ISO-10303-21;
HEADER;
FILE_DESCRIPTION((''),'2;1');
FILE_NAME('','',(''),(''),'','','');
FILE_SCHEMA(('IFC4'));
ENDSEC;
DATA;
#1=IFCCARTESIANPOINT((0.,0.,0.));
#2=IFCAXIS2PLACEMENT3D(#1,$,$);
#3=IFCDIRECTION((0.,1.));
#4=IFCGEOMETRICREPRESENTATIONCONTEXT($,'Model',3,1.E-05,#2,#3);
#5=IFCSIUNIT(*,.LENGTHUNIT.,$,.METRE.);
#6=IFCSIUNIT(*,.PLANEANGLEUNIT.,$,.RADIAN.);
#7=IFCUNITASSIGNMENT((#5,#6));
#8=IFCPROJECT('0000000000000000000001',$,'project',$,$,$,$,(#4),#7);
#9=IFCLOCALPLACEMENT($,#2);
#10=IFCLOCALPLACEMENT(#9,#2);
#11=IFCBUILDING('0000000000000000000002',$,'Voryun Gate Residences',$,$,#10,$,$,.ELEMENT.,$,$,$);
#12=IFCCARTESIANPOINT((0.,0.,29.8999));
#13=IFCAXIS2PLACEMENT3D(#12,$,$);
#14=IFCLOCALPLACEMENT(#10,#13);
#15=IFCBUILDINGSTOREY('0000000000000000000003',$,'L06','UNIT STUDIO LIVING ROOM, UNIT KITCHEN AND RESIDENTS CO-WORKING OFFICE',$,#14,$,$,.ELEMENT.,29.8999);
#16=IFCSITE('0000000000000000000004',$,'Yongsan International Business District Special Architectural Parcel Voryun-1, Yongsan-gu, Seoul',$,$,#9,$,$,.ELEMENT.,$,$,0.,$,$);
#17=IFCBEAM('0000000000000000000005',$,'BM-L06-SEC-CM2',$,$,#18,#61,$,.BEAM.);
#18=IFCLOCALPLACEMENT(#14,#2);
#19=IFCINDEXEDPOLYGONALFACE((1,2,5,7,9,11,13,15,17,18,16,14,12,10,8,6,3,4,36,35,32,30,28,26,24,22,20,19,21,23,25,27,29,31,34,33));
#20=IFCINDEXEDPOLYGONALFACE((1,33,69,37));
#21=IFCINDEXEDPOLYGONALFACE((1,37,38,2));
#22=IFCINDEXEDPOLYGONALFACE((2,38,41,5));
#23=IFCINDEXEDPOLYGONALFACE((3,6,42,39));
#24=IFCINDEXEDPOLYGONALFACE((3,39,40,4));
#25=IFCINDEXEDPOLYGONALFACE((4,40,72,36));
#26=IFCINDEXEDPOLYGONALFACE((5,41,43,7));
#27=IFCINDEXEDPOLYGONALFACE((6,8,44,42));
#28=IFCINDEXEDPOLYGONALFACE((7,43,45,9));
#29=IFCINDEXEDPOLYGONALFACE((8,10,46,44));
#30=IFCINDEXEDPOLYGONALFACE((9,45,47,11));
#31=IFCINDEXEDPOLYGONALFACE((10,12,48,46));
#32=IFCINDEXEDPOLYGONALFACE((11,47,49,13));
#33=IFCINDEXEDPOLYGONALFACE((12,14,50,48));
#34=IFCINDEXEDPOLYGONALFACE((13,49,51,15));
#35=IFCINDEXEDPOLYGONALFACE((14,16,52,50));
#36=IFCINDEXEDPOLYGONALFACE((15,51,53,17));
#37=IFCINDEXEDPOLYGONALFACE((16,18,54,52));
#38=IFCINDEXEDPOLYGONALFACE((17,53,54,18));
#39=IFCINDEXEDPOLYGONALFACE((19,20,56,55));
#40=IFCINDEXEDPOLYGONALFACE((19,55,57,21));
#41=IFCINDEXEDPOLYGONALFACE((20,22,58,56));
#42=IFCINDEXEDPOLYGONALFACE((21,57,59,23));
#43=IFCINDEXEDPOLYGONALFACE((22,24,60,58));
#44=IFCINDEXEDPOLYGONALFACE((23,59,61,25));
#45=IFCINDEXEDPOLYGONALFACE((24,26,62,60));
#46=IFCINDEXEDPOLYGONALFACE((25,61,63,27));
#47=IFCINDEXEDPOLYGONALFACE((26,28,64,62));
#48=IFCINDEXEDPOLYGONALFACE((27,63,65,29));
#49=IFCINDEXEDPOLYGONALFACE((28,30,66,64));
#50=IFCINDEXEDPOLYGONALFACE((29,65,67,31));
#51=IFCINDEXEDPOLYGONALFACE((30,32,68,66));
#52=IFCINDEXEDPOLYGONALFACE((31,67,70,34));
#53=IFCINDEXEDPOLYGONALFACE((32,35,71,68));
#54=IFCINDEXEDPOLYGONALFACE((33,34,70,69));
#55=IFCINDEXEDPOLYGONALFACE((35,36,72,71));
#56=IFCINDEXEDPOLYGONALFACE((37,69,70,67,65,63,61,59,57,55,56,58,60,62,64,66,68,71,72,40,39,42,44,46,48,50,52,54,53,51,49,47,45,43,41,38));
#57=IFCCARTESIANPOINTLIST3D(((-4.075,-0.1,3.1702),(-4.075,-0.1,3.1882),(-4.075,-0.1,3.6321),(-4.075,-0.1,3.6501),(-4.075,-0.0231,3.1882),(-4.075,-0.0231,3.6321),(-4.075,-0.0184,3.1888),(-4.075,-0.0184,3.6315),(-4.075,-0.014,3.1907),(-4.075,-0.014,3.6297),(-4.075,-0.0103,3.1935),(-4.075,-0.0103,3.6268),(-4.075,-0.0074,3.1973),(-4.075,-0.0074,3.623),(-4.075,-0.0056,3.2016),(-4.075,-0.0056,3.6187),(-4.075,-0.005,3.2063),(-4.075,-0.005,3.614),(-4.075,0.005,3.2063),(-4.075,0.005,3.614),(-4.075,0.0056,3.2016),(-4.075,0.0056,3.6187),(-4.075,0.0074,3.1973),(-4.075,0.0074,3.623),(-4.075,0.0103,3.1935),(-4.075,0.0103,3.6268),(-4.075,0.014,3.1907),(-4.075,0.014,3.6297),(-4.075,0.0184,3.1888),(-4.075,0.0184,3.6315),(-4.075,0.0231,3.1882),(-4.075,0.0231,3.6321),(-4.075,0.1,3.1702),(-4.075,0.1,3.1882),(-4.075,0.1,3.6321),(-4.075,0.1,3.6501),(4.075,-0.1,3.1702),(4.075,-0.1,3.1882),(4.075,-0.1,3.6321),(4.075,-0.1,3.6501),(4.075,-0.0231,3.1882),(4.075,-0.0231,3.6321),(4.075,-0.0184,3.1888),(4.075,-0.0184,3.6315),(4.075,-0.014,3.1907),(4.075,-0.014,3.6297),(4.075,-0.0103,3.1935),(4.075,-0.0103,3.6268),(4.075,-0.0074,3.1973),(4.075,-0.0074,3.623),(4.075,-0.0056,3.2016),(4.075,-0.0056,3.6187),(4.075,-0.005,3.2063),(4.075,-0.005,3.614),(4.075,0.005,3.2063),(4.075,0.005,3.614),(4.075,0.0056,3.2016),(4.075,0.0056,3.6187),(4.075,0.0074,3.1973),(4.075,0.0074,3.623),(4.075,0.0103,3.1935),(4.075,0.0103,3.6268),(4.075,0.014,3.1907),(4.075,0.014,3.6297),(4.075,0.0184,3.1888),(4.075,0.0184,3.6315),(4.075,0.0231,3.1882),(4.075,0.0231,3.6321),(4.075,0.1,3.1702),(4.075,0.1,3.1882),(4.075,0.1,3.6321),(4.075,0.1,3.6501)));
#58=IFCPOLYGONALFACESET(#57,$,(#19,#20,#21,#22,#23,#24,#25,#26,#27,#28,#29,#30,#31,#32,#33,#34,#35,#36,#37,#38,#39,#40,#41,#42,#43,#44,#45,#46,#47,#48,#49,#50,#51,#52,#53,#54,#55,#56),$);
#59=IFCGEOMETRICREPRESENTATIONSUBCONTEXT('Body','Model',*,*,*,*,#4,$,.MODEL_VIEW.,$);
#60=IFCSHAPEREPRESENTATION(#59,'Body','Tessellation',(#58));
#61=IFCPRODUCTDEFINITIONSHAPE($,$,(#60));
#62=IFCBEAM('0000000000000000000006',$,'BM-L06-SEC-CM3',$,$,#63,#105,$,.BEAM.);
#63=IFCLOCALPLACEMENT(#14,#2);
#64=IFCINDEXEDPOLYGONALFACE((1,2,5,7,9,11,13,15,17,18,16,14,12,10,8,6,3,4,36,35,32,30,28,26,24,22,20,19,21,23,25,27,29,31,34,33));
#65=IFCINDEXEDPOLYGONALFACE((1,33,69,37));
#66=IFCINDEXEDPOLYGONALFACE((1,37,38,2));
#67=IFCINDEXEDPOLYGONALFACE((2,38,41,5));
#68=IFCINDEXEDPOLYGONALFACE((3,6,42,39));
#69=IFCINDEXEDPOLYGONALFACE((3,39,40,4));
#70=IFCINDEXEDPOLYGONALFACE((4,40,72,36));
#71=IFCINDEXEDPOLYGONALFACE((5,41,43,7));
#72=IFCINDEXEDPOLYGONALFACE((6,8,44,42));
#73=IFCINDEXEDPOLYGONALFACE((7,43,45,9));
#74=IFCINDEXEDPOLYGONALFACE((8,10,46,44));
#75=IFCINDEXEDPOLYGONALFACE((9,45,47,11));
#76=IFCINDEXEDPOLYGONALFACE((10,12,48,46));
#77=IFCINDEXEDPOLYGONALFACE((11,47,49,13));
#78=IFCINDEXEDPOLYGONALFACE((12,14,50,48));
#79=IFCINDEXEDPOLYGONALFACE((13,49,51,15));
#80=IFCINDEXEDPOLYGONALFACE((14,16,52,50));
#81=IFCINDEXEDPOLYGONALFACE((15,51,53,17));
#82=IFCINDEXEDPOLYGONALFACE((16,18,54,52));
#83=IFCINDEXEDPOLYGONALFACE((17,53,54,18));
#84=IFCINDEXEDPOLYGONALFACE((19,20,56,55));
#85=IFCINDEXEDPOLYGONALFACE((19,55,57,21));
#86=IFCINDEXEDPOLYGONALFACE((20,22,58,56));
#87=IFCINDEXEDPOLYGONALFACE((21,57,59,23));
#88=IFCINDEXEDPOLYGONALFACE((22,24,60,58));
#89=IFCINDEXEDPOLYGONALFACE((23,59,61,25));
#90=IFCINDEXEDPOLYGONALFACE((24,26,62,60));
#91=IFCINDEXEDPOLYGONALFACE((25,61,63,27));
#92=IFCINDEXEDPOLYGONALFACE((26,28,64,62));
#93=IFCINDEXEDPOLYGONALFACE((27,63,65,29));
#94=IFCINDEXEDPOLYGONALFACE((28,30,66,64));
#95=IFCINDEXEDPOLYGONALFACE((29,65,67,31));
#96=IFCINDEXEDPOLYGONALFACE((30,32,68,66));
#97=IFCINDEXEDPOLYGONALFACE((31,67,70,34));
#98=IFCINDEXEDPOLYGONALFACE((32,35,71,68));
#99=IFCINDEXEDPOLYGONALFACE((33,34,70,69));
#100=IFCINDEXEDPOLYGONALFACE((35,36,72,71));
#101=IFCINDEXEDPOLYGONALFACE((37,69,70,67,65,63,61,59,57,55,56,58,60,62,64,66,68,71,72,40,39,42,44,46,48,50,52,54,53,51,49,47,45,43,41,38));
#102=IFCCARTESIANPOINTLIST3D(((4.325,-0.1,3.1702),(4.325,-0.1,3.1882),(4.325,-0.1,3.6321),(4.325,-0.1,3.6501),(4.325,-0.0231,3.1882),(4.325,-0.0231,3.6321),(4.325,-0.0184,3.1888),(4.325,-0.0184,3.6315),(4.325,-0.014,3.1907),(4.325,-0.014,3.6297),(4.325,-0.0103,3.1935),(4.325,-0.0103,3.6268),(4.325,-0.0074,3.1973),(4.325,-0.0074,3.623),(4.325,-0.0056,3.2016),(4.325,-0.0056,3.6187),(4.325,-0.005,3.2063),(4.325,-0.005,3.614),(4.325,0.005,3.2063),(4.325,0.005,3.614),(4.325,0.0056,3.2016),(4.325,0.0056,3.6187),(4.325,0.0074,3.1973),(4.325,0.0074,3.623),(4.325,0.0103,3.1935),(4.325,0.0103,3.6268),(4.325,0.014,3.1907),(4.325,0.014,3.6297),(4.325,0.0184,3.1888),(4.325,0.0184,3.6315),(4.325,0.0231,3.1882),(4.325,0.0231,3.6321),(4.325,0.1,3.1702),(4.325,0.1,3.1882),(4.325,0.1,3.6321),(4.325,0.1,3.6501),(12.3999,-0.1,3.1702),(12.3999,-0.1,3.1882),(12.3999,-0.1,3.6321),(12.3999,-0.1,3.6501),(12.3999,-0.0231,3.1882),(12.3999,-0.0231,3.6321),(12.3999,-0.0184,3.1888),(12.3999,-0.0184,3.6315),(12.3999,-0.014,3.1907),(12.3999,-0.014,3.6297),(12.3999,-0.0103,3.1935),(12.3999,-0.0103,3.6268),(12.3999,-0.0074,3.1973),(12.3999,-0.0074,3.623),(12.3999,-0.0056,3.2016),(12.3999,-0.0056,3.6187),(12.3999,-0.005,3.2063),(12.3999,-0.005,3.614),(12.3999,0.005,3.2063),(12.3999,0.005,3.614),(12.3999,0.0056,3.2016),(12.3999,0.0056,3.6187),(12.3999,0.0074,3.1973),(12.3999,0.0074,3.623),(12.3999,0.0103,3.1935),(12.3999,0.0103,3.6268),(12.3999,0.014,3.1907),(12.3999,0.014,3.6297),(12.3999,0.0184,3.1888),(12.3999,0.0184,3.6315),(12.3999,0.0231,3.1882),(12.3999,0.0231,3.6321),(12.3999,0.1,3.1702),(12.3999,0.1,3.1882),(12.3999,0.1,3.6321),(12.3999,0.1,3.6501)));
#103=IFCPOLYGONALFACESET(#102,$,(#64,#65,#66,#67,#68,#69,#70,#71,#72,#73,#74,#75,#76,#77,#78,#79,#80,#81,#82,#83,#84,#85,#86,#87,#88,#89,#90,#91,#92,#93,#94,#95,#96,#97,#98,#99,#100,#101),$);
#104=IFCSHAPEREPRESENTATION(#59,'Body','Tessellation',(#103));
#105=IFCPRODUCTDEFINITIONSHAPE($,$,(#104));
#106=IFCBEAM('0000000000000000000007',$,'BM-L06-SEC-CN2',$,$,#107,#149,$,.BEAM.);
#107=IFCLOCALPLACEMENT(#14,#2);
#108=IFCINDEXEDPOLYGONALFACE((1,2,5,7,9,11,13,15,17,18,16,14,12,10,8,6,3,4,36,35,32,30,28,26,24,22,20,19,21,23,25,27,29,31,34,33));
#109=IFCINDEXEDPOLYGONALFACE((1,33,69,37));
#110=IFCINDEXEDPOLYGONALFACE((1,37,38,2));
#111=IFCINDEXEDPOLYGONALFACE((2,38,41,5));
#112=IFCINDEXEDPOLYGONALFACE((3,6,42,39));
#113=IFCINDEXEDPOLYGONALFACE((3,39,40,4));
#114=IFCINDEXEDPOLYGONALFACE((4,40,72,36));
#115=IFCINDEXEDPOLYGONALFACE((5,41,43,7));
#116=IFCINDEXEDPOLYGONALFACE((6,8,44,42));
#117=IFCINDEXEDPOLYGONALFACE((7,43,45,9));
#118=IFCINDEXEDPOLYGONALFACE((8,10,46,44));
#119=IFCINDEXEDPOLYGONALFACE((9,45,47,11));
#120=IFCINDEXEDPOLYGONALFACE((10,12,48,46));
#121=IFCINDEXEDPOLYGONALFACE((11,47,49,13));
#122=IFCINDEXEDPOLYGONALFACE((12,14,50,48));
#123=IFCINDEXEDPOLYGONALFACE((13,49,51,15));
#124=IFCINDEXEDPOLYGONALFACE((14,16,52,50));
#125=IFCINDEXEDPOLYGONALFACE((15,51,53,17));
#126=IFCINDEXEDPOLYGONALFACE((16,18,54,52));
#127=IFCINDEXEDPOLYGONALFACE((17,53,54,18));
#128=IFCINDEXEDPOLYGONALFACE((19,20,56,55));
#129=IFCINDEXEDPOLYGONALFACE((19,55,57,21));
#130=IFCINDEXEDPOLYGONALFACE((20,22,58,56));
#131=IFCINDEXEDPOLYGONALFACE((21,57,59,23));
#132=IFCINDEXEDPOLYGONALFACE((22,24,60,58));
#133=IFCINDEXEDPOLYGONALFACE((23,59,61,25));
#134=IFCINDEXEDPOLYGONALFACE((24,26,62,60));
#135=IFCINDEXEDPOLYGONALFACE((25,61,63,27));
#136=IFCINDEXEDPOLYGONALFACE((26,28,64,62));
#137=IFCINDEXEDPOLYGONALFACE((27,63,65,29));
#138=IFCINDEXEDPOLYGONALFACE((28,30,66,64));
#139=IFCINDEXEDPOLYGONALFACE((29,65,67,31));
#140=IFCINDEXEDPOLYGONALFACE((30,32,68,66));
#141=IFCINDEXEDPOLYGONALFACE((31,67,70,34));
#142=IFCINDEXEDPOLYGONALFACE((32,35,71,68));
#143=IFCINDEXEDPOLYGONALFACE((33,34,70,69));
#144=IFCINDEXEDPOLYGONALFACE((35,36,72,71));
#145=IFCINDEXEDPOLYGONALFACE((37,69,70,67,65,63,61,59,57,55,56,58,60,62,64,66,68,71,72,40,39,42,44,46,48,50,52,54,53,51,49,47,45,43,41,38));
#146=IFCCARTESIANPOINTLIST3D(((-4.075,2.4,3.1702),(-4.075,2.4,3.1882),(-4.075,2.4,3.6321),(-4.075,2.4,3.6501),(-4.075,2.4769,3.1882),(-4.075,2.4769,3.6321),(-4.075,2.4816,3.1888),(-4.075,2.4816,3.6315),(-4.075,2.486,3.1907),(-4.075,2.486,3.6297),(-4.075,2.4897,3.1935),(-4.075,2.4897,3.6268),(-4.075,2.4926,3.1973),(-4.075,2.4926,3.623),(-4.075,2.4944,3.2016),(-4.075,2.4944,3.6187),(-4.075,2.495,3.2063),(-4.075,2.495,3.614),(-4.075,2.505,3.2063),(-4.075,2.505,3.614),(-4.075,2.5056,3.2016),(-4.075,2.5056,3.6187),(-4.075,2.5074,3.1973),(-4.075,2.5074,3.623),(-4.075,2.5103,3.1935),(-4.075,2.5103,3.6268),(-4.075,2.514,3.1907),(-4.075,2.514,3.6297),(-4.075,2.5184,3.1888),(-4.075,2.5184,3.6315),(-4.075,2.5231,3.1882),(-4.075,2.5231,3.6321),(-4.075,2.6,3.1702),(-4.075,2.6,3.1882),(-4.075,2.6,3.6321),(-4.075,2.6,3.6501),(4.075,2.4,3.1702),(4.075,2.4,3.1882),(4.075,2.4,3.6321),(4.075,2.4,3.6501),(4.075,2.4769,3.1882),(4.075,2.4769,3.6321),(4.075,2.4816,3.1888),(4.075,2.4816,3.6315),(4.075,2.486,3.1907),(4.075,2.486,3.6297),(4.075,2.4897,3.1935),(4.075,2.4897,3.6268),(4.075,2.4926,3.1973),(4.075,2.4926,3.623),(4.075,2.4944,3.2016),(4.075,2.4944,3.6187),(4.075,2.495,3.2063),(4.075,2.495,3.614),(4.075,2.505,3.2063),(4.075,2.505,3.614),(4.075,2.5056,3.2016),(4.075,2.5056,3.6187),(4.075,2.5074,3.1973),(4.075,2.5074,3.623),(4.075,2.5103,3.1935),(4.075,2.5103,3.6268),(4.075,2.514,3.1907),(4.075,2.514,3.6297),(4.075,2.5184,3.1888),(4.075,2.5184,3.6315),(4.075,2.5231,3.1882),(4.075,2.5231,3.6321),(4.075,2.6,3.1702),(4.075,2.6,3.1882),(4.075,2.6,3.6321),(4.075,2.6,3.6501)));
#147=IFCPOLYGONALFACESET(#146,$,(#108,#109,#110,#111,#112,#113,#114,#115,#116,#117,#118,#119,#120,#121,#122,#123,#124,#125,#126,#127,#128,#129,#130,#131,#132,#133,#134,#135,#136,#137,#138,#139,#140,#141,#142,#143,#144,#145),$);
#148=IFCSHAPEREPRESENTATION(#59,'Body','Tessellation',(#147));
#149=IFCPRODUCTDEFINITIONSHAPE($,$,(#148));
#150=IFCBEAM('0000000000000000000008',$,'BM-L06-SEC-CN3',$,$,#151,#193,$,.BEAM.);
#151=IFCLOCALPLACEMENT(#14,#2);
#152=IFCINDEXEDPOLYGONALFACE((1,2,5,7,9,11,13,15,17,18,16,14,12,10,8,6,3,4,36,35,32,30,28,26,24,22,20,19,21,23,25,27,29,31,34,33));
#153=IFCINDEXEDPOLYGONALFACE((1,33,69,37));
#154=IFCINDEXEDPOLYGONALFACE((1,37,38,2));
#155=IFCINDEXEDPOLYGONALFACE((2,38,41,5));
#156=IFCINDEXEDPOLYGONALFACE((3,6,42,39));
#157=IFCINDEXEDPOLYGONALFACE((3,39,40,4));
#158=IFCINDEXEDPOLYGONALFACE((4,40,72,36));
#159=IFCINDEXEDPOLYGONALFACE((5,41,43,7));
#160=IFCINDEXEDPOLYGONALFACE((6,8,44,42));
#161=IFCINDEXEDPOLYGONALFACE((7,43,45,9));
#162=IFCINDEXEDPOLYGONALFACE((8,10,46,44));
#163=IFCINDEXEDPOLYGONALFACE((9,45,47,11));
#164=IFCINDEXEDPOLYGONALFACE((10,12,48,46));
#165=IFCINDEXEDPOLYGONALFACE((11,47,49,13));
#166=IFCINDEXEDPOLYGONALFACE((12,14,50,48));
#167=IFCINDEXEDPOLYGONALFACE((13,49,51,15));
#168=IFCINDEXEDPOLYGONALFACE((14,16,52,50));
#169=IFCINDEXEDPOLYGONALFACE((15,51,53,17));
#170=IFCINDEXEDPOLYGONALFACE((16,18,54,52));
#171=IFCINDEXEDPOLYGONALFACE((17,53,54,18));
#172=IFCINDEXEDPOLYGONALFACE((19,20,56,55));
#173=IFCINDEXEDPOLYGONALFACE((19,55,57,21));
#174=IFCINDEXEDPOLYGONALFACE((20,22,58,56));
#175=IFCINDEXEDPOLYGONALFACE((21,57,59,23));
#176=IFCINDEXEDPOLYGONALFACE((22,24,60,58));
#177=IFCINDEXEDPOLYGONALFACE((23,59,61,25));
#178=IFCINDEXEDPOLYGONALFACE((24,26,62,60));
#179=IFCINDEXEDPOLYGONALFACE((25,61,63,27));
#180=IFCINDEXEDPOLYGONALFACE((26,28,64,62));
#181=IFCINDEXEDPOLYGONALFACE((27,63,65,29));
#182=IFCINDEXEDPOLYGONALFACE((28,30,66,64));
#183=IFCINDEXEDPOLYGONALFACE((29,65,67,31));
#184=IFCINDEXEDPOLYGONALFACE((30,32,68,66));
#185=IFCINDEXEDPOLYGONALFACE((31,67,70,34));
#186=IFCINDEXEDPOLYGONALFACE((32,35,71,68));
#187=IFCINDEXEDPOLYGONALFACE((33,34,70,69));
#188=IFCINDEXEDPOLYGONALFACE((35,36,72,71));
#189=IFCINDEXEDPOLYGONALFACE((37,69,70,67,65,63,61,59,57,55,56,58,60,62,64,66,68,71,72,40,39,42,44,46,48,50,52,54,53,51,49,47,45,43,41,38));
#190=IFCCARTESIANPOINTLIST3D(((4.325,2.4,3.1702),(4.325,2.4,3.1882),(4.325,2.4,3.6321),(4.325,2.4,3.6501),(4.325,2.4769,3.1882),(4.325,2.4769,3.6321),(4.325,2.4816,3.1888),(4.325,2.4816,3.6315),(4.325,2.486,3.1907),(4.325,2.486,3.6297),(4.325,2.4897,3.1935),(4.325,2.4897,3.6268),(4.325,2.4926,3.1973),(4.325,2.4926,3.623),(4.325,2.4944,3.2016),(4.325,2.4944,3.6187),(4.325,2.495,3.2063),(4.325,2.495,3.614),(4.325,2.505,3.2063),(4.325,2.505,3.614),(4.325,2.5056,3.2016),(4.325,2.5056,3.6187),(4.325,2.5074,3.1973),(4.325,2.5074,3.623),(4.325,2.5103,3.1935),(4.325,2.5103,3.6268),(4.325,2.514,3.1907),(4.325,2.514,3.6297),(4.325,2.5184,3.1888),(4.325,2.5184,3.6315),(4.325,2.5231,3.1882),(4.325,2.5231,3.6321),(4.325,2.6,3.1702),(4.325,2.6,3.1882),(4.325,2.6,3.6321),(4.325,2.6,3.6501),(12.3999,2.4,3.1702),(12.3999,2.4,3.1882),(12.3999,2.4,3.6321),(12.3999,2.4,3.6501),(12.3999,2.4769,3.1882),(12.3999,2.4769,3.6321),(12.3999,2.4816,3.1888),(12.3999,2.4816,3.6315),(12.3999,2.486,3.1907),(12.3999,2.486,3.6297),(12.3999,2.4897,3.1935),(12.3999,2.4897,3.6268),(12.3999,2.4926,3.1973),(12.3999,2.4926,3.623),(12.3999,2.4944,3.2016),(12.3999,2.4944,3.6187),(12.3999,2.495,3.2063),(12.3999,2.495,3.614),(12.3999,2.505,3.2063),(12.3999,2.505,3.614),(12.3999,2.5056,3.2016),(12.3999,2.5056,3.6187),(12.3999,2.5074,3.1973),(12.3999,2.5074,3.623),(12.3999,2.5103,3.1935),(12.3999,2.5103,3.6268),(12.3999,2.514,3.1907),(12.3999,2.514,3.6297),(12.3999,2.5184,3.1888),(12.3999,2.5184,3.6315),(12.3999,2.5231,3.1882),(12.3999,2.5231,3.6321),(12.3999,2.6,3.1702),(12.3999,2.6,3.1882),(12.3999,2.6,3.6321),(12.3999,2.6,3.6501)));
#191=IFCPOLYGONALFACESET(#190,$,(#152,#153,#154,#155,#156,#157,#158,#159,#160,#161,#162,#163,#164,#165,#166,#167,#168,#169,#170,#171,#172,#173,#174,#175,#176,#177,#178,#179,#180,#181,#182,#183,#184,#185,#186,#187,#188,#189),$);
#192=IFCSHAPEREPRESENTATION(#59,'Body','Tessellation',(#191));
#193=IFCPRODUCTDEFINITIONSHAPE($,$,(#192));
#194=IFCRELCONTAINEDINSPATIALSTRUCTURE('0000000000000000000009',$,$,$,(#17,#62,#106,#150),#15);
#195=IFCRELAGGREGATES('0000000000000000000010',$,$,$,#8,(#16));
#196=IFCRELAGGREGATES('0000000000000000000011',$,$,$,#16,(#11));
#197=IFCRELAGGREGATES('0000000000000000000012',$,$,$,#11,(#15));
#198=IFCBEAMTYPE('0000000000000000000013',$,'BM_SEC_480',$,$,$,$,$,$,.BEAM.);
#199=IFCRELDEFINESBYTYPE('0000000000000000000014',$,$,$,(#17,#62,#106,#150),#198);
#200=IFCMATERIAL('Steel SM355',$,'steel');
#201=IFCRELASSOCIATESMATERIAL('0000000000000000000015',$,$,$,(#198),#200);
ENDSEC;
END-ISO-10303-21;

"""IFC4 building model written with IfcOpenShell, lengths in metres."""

from ifc_helpers import new_model, si_unit, direction, frame, origin, origin_2d, place, context, subcontext, project, spatial, i_section, extrude, material, material_profile, profile_set, type_object, element, save


model = new_model("IFC4")

# Units and contexts
model_context = context("Model", 3, precision=1e-05, world=origin(), true_north=direction((0.0, 1.0)))
body_context = subcontext(model_context, "Body", "Model", "MODEL_VIEW")
ifc_project = project(units=[si_unit("LENGTHUNIT", "METRE"), si_unit("PLANEANGLEUNIT", "RADIAN")], contexts=[model_context])

# Site, building, storey
site_placement = place(None, origin())
site = spatial("IfcSite", under=ifc_project, at=site_placement, Name="Yongsan International Business District Special Architectural Parcel Voryun-1, Yongsan-gu, Seoul", CompositionType="ELEMENT", RefElevation=0.0)
building_placement = place(site_placement, origin())
building = spatial("IfcBuilding", under=site, at=building_placement, Name="Voryun Gate Residences", CompositionType="ELEMENT")
storey_placement = place(building_placement, frame((0.0, 0.0, 29.8999)))
storey = spatial("IfcBuildingStorey", under=building, at=storey_placement, Name="L06", Description="UNIT STUDIO LIVING ROOM, UNIT KITCHEN AND RESIDENTS CO-WORKING OFFICE", CompositionType="ELEMENT", Elevation=29.8999)

# Beams
ifc_material_1 = material(Name="Steel SM355", Category="steel")
ifc_material_profile_1 = material_profile(ifc_material_1, i_section(OverallWidth=0.2, OverallDepth=0.48, WebThickness=0.01, FlangeThickness=0.0181, FilletRadius=0.0181, at=origin_2d()), Name="H-480x200x10x18")
ifc_profile_set_1 = profile_set([ifc_material_profile_1], Name="Steel SM355")
beam_type_1 = type_object("IfcBeamType", Name="BM_SEC_480", PredefinedType="BEAM", material=ifc_profile_set_1)
beam_1_placement = place(storey_placement, frame((-4.075, 0.0, 3.4102), z_axis=(1.0, 0.0, 0.0), x_axis=(0.0, 1.0, 0.0)))
element("IfcBeam", 1, at=beam_1_placement, inside=storey, type_object=beam_type_1, Name="BM-L06-SEC-CM2", PredefinedType="BEAM", context=body_context, shape_type="SweptSolid", body=[
    extrude(i_section(OverallWidth=0.2, OverallDepth=0.48, WebThickness=0.01, FlangeThickness=0.0181, FilletRadius=0.0181, at=origin_2d()), origin(), (0.0, 0.0, 1.0), 8.1499),
])
beam_2_placement = place(storey_placement, frame((4.325, 0.0, 3.4102), z_axis=(1.0, 0.0, 0.0), x_axis=(0.0, 1.0, 0.0)))
element("IfcBeam", 2, at=beam_2_placement, inside=storey, type_object=beam_type_1, Name="BM-L06-SEC-CM3", PredefinedType="BEAM", context=body_context, shape_type="SweptSolid", body=[
    extrude(i_section(OverallWidth=0.2, OverallDepth=0.48, WebThickness=0.01, FlangeThickness=0.0181, FilletRadius=0.0181, at=origin_2d()), origin(), (0.0, 0.0, 1.0), 8.075),
])
beam_3_placement = place(storey_placement, frame((-4.075, 2.5, 3.4102), z_axis=(1.0, 0.0, 0.0), x_axis=(0.0, 1.0, 0.0)))
element("IfcBeam", 3, at=beam_3_placement, inside=storey, type_object=beam_type_1, Name="BM-L06-SEC-CN2", PredefinedType="BEAM", context=body_context, shape_type="SweptSolid", body=[
    extrude(i_section(OverallWidth=0.2, OverallDepth=0.48, WebThickness=0.01, FlangeThickness=0.0181, FilletRadius=0.0181, at=origin_2d()), origin(), (0.0, 0.0, 1.0), 8.1499),
])
beam_4_placement = place(storey_placement, frame((4.325, 2.5, 3.4102), z_axis=(1.0, 0.0, 0.0), x_axis=(0.0, 1.0, 0.0)))
element("IfcBeam", 4, at=beam_4_placement, inside=storey, type_object=beam_type_1, Name="BM-L06-SEC-CN3", PredefinedType="BEAM", context=body_context, shape_type="SweptSolid", body=[
    extrude(i_section(OverallWidth=0.2, OverallDepth=0.48, WebThickness=0.01, FlangeThickness=0.0181, FilletRadius=0.0181, at=origin_2d()), origin(), (0.0, 0.0, 1.0), 8.075),
])

save(model, "model.ifc")
